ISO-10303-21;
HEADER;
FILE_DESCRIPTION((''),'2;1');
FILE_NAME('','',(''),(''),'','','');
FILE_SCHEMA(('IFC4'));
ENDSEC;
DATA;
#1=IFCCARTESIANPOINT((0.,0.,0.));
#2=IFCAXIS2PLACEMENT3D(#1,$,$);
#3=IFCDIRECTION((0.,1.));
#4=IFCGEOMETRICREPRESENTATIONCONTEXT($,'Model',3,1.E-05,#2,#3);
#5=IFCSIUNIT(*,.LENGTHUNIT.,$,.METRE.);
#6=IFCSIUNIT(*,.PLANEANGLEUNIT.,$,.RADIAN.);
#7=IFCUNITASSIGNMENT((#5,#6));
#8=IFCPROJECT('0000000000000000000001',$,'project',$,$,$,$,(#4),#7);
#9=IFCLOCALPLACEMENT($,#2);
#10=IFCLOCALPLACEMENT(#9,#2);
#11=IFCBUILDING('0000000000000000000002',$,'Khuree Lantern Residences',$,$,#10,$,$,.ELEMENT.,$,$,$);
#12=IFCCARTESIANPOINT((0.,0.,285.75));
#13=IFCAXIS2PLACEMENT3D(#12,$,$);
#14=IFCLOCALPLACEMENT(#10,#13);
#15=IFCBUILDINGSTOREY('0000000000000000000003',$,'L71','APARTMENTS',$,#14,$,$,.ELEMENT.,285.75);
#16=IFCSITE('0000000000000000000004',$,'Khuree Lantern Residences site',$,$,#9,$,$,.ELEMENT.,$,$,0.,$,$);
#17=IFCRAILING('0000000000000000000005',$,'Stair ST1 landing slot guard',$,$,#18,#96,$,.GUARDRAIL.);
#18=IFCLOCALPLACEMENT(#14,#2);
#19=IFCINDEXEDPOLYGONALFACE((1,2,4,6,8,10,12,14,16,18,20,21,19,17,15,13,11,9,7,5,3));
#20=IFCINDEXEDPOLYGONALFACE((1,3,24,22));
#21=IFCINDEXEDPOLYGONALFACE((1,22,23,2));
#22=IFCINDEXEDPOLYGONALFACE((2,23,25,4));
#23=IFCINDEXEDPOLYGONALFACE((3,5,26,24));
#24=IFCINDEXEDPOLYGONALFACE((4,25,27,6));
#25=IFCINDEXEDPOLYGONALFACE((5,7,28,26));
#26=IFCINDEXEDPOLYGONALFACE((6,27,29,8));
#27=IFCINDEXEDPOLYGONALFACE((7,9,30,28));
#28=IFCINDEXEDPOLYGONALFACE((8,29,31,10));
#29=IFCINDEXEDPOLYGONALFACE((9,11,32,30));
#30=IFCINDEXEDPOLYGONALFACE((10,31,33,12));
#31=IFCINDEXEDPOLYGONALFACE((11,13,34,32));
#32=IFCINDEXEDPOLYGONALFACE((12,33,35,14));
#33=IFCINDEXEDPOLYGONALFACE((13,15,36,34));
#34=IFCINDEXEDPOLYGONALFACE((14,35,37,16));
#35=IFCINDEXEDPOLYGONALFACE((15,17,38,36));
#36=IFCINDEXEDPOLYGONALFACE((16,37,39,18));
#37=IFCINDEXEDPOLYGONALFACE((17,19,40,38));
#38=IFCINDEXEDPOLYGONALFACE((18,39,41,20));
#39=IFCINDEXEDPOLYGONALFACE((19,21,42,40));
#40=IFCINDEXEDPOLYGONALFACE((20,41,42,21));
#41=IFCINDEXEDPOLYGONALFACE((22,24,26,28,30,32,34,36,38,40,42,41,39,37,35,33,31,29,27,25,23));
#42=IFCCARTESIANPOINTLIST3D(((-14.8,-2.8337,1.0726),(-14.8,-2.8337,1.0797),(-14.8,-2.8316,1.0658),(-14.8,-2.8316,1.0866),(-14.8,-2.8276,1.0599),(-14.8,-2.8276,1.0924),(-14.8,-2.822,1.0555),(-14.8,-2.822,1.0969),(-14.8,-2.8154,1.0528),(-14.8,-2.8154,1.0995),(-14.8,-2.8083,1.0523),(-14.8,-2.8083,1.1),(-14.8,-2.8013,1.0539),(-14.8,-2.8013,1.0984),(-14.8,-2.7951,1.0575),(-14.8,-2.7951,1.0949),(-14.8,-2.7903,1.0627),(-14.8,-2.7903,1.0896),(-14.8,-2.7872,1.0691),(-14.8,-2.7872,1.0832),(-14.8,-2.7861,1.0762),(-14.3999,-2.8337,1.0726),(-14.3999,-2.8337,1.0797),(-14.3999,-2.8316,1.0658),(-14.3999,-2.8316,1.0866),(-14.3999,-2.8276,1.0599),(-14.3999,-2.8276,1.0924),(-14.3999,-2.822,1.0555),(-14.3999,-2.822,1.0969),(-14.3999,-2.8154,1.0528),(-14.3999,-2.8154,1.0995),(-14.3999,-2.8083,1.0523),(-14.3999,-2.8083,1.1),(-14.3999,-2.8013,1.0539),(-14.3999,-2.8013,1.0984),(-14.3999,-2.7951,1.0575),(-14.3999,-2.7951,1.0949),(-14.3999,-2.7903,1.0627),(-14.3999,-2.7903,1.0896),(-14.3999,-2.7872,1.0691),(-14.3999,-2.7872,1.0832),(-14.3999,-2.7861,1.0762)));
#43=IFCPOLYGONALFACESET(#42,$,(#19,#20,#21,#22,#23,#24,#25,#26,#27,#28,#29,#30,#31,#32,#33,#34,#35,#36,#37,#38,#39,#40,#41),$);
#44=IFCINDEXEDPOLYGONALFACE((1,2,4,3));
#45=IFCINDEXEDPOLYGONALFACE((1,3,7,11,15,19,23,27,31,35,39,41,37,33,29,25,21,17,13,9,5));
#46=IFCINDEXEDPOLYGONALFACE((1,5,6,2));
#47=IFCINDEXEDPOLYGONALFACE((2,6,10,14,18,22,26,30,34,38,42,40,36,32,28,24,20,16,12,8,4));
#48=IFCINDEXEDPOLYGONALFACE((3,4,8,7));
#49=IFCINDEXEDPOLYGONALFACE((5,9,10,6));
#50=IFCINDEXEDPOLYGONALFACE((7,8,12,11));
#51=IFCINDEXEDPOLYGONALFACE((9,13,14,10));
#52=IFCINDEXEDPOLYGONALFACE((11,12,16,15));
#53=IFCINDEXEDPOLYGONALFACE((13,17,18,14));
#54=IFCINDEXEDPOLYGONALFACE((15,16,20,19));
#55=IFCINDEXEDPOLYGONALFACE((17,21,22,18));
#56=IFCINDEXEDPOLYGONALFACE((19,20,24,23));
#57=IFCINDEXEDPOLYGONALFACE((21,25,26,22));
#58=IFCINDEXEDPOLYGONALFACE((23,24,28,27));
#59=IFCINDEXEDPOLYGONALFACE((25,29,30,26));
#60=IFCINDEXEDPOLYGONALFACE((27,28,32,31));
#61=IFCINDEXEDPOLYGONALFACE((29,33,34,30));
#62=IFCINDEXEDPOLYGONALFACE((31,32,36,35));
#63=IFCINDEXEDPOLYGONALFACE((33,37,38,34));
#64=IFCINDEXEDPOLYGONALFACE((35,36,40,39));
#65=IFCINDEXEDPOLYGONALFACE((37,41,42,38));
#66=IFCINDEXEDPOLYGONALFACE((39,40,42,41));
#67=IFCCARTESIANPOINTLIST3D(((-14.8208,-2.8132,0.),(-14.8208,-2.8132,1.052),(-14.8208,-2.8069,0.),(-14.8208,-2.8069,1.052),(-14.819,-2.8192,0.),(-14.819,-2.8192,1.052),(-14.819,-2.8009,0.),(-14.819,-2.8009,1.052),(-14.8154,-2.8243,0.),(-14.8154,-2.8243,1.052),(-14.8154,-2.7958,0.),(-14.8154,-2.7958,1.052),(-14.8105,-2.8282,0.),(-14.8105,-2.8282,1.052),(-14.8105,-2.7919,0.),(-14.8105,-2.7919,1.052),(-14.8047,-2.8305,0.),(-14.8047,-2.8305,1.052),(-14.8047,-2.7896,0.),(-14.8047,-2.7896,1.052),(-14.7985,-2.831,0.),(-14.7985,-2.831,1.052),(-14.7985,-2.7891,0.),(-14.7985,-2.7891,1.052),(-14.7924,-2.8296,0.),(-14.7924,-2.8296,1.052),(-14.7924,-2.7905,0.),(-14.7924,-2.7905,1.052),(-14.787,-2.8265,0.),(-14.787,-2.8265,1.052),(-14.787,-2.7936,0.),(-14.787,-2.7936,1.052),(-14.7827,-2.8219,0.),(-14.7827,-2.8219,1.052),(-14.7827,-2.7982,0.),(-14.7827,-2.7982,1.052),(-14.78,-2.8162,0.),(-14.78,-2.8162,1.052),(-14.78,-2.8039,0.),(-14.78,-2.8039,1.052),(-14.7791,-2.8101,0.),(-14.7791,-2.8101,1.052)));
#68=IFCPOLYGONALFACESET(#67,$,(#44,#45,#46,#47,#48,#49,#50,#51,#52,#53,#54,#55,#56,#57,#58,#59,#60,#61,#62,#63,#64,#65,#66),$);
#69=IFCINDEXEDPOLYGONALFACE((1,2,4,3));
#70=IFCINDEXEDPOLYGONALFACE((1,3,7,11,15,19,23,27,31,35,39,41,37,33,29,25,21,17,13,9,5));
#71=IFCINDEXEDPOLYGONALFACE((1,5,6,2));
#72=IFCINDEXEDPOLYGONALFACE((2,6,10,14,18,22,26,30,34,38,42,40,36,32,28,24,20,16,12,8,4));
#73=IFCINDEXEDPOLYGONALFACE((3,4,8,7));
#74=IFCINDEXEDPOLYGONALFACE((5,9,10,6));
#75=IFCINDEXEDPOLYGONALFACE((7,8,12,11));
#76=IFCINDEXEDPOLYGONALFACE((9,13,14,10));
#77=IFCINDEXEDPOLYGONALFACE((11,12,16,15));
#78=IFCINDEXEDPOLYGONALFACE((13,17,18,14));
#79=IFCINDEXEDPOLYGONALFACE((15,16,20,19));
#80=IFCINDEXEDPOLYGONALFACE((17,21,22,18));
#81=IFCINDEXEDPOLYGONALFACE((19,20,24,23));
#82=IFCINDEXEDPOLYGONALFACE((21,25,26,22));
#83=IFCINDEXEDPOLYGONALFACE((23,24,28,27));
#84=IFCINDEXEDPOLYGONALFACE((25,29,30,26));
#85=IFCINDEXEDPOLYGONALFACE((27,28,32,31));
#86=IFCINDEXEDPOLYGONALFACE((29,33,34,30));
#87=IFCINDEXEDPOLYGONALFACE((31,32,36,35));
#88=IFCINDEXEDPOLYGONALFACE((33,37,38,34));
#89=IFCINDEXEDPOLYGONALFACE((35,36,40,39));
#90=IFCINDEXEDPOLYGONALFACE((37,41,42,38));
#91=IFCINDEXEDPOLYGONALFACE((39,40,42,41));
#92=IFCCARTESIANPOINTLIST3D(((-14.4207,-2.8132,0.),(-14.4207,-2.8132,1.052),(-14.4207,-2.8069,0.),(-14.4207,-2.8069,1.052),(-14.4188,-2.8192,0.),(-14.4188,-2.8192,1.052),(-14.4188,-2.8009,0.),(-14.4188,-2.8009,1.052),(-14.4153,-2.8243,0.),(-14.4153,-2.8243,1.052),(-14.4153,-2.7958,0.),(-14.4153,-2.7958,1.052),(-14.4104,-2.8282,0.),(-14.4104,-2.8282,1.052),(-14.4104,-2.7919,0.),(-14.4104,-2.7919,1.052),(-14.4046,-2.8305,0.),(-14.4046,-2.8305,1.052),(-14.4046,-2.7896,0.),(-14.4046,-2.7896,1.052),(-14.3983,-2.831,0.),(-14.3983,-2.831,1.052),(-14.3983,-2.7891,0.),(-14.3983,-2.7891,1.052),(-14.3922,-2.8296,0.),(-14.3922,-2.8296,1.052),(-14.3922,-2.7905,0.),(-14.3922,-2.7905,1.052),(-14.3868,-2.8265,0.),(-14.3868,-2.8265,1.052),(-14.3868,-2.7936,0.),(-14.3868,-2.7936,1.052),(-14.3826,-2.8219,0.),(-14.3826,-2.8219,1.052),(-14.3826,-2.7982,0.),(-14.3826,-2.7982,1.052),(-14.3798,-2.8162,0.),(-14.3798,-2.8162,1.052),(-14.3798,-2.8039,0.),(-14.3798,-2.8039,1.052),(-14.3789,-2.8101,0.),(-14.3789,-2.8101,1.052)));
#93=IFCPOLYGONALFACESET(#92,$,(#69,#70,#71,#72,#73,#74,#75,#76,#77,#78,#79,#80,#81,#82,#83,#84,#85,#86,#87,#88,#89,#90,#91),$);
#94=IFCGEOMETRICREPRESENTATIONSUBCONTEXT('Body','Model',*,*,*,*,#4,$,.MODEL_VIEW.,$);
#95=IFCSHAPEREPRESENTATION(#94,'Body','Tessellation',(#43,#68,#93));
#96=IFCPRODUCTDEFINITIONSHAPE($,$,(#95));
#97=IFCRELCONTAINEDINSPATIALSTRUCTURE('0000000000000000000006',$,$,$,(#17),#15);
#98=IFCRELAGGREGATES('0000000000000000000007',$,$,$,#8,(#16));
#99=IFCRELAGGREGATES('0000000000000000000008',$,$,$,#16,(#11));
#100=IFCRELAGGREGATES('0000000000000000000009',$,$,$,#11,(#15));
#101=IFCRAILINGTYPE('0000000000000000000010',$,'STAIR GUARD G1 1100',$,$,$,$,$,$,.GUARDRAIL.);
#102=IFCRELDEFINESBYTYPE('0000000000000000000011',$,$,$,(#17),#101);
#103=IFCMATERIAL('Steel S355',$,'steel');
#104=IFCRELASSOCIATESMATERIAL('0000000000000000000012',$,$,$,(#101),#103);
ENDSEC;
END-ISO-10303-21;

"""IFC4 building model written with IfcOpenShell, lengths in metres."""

from ifc_helpers import new_model, si_unit, direction, frame, origin, origin_2d, place, context, subcontext, project, spatial, circle, extrude, material, type_object, element, save


model = new_model("IFC4")

# Units and contexts
model_context = context("Model", 3, precision=1e-05, world=origin(), true_north=direction((0.0, 1.0)))
body_context = subcontext(model_context, "Body", "Model", "MODEL_VIEW")
ifc_project = project(units=[si_unit("LENGTHUNIT", "METRE"), si_unit("PLANEANGLEUNIT", "RADIAN")], contexts=[model_context])

# Site, building, storey
site_placement = place(None, origin())
site = spatial("IfcSite", under=ifc_project, at=site_placement, Name="Khuree Lantern Residences site", CompositionType="ELEMENT", RefElevation=0.0)
building_placement = place(site_placement, origin())
building = spatial("IfcBuilding", under=site, at=building_placement, Name="Khuree Lantern Residences", CompositionType="ELEMENT")
storey_placement = place(building_placement, frame((0.0, 0.0, 285.75)))
storey = spatial("IfcBuildingStorey", under=building, at=storey_placement, Name="L71", Description="APARTMENTS", CompositionType="ELEMENT", Elevation=285.75)

# Railing
ifc_material_1 = material(Name="Steel S355", Category="steel")
railing_type_1 = type_object("IfcRailingType", Name="STAIR GUARD G1 1100", PredefinedType="GUARDRAIL", material=ifc_material_1)
railing_1_placement = place(storey_placement, frame((-14.8, -2.8101, 0.0)))
element("IfcRailing", 1, at=railing_1_placement, inside=storey, type_object=railing_type_1, Name="Stair ST1 landing slot guard", PredefinedType="GUARDRAIL", context=body_context, shape_type="SweptSolid", body=[
    extrude(circle(Radius=0.0239, at=origin_2d()), frame((0.0, 0.0, 1.0762), z_axis=(1.0, 0.0, 0.0), x_axis=(0.0, 1.0, 0.0)), (0.0, 0.0, 1.0), 0.4001),
    extrude(circle(Radius=0.021, at=origin_2d()), origin(), (0.0, 0.0, 1.0), 1.052),
    extrude(circle(Radius=0.021, at=origin_2d()), frame((0.4001, 0.0, 0.0)), (0.0, 0.0, 1.0), 1.052),
])

save(model, "model.ifc")
